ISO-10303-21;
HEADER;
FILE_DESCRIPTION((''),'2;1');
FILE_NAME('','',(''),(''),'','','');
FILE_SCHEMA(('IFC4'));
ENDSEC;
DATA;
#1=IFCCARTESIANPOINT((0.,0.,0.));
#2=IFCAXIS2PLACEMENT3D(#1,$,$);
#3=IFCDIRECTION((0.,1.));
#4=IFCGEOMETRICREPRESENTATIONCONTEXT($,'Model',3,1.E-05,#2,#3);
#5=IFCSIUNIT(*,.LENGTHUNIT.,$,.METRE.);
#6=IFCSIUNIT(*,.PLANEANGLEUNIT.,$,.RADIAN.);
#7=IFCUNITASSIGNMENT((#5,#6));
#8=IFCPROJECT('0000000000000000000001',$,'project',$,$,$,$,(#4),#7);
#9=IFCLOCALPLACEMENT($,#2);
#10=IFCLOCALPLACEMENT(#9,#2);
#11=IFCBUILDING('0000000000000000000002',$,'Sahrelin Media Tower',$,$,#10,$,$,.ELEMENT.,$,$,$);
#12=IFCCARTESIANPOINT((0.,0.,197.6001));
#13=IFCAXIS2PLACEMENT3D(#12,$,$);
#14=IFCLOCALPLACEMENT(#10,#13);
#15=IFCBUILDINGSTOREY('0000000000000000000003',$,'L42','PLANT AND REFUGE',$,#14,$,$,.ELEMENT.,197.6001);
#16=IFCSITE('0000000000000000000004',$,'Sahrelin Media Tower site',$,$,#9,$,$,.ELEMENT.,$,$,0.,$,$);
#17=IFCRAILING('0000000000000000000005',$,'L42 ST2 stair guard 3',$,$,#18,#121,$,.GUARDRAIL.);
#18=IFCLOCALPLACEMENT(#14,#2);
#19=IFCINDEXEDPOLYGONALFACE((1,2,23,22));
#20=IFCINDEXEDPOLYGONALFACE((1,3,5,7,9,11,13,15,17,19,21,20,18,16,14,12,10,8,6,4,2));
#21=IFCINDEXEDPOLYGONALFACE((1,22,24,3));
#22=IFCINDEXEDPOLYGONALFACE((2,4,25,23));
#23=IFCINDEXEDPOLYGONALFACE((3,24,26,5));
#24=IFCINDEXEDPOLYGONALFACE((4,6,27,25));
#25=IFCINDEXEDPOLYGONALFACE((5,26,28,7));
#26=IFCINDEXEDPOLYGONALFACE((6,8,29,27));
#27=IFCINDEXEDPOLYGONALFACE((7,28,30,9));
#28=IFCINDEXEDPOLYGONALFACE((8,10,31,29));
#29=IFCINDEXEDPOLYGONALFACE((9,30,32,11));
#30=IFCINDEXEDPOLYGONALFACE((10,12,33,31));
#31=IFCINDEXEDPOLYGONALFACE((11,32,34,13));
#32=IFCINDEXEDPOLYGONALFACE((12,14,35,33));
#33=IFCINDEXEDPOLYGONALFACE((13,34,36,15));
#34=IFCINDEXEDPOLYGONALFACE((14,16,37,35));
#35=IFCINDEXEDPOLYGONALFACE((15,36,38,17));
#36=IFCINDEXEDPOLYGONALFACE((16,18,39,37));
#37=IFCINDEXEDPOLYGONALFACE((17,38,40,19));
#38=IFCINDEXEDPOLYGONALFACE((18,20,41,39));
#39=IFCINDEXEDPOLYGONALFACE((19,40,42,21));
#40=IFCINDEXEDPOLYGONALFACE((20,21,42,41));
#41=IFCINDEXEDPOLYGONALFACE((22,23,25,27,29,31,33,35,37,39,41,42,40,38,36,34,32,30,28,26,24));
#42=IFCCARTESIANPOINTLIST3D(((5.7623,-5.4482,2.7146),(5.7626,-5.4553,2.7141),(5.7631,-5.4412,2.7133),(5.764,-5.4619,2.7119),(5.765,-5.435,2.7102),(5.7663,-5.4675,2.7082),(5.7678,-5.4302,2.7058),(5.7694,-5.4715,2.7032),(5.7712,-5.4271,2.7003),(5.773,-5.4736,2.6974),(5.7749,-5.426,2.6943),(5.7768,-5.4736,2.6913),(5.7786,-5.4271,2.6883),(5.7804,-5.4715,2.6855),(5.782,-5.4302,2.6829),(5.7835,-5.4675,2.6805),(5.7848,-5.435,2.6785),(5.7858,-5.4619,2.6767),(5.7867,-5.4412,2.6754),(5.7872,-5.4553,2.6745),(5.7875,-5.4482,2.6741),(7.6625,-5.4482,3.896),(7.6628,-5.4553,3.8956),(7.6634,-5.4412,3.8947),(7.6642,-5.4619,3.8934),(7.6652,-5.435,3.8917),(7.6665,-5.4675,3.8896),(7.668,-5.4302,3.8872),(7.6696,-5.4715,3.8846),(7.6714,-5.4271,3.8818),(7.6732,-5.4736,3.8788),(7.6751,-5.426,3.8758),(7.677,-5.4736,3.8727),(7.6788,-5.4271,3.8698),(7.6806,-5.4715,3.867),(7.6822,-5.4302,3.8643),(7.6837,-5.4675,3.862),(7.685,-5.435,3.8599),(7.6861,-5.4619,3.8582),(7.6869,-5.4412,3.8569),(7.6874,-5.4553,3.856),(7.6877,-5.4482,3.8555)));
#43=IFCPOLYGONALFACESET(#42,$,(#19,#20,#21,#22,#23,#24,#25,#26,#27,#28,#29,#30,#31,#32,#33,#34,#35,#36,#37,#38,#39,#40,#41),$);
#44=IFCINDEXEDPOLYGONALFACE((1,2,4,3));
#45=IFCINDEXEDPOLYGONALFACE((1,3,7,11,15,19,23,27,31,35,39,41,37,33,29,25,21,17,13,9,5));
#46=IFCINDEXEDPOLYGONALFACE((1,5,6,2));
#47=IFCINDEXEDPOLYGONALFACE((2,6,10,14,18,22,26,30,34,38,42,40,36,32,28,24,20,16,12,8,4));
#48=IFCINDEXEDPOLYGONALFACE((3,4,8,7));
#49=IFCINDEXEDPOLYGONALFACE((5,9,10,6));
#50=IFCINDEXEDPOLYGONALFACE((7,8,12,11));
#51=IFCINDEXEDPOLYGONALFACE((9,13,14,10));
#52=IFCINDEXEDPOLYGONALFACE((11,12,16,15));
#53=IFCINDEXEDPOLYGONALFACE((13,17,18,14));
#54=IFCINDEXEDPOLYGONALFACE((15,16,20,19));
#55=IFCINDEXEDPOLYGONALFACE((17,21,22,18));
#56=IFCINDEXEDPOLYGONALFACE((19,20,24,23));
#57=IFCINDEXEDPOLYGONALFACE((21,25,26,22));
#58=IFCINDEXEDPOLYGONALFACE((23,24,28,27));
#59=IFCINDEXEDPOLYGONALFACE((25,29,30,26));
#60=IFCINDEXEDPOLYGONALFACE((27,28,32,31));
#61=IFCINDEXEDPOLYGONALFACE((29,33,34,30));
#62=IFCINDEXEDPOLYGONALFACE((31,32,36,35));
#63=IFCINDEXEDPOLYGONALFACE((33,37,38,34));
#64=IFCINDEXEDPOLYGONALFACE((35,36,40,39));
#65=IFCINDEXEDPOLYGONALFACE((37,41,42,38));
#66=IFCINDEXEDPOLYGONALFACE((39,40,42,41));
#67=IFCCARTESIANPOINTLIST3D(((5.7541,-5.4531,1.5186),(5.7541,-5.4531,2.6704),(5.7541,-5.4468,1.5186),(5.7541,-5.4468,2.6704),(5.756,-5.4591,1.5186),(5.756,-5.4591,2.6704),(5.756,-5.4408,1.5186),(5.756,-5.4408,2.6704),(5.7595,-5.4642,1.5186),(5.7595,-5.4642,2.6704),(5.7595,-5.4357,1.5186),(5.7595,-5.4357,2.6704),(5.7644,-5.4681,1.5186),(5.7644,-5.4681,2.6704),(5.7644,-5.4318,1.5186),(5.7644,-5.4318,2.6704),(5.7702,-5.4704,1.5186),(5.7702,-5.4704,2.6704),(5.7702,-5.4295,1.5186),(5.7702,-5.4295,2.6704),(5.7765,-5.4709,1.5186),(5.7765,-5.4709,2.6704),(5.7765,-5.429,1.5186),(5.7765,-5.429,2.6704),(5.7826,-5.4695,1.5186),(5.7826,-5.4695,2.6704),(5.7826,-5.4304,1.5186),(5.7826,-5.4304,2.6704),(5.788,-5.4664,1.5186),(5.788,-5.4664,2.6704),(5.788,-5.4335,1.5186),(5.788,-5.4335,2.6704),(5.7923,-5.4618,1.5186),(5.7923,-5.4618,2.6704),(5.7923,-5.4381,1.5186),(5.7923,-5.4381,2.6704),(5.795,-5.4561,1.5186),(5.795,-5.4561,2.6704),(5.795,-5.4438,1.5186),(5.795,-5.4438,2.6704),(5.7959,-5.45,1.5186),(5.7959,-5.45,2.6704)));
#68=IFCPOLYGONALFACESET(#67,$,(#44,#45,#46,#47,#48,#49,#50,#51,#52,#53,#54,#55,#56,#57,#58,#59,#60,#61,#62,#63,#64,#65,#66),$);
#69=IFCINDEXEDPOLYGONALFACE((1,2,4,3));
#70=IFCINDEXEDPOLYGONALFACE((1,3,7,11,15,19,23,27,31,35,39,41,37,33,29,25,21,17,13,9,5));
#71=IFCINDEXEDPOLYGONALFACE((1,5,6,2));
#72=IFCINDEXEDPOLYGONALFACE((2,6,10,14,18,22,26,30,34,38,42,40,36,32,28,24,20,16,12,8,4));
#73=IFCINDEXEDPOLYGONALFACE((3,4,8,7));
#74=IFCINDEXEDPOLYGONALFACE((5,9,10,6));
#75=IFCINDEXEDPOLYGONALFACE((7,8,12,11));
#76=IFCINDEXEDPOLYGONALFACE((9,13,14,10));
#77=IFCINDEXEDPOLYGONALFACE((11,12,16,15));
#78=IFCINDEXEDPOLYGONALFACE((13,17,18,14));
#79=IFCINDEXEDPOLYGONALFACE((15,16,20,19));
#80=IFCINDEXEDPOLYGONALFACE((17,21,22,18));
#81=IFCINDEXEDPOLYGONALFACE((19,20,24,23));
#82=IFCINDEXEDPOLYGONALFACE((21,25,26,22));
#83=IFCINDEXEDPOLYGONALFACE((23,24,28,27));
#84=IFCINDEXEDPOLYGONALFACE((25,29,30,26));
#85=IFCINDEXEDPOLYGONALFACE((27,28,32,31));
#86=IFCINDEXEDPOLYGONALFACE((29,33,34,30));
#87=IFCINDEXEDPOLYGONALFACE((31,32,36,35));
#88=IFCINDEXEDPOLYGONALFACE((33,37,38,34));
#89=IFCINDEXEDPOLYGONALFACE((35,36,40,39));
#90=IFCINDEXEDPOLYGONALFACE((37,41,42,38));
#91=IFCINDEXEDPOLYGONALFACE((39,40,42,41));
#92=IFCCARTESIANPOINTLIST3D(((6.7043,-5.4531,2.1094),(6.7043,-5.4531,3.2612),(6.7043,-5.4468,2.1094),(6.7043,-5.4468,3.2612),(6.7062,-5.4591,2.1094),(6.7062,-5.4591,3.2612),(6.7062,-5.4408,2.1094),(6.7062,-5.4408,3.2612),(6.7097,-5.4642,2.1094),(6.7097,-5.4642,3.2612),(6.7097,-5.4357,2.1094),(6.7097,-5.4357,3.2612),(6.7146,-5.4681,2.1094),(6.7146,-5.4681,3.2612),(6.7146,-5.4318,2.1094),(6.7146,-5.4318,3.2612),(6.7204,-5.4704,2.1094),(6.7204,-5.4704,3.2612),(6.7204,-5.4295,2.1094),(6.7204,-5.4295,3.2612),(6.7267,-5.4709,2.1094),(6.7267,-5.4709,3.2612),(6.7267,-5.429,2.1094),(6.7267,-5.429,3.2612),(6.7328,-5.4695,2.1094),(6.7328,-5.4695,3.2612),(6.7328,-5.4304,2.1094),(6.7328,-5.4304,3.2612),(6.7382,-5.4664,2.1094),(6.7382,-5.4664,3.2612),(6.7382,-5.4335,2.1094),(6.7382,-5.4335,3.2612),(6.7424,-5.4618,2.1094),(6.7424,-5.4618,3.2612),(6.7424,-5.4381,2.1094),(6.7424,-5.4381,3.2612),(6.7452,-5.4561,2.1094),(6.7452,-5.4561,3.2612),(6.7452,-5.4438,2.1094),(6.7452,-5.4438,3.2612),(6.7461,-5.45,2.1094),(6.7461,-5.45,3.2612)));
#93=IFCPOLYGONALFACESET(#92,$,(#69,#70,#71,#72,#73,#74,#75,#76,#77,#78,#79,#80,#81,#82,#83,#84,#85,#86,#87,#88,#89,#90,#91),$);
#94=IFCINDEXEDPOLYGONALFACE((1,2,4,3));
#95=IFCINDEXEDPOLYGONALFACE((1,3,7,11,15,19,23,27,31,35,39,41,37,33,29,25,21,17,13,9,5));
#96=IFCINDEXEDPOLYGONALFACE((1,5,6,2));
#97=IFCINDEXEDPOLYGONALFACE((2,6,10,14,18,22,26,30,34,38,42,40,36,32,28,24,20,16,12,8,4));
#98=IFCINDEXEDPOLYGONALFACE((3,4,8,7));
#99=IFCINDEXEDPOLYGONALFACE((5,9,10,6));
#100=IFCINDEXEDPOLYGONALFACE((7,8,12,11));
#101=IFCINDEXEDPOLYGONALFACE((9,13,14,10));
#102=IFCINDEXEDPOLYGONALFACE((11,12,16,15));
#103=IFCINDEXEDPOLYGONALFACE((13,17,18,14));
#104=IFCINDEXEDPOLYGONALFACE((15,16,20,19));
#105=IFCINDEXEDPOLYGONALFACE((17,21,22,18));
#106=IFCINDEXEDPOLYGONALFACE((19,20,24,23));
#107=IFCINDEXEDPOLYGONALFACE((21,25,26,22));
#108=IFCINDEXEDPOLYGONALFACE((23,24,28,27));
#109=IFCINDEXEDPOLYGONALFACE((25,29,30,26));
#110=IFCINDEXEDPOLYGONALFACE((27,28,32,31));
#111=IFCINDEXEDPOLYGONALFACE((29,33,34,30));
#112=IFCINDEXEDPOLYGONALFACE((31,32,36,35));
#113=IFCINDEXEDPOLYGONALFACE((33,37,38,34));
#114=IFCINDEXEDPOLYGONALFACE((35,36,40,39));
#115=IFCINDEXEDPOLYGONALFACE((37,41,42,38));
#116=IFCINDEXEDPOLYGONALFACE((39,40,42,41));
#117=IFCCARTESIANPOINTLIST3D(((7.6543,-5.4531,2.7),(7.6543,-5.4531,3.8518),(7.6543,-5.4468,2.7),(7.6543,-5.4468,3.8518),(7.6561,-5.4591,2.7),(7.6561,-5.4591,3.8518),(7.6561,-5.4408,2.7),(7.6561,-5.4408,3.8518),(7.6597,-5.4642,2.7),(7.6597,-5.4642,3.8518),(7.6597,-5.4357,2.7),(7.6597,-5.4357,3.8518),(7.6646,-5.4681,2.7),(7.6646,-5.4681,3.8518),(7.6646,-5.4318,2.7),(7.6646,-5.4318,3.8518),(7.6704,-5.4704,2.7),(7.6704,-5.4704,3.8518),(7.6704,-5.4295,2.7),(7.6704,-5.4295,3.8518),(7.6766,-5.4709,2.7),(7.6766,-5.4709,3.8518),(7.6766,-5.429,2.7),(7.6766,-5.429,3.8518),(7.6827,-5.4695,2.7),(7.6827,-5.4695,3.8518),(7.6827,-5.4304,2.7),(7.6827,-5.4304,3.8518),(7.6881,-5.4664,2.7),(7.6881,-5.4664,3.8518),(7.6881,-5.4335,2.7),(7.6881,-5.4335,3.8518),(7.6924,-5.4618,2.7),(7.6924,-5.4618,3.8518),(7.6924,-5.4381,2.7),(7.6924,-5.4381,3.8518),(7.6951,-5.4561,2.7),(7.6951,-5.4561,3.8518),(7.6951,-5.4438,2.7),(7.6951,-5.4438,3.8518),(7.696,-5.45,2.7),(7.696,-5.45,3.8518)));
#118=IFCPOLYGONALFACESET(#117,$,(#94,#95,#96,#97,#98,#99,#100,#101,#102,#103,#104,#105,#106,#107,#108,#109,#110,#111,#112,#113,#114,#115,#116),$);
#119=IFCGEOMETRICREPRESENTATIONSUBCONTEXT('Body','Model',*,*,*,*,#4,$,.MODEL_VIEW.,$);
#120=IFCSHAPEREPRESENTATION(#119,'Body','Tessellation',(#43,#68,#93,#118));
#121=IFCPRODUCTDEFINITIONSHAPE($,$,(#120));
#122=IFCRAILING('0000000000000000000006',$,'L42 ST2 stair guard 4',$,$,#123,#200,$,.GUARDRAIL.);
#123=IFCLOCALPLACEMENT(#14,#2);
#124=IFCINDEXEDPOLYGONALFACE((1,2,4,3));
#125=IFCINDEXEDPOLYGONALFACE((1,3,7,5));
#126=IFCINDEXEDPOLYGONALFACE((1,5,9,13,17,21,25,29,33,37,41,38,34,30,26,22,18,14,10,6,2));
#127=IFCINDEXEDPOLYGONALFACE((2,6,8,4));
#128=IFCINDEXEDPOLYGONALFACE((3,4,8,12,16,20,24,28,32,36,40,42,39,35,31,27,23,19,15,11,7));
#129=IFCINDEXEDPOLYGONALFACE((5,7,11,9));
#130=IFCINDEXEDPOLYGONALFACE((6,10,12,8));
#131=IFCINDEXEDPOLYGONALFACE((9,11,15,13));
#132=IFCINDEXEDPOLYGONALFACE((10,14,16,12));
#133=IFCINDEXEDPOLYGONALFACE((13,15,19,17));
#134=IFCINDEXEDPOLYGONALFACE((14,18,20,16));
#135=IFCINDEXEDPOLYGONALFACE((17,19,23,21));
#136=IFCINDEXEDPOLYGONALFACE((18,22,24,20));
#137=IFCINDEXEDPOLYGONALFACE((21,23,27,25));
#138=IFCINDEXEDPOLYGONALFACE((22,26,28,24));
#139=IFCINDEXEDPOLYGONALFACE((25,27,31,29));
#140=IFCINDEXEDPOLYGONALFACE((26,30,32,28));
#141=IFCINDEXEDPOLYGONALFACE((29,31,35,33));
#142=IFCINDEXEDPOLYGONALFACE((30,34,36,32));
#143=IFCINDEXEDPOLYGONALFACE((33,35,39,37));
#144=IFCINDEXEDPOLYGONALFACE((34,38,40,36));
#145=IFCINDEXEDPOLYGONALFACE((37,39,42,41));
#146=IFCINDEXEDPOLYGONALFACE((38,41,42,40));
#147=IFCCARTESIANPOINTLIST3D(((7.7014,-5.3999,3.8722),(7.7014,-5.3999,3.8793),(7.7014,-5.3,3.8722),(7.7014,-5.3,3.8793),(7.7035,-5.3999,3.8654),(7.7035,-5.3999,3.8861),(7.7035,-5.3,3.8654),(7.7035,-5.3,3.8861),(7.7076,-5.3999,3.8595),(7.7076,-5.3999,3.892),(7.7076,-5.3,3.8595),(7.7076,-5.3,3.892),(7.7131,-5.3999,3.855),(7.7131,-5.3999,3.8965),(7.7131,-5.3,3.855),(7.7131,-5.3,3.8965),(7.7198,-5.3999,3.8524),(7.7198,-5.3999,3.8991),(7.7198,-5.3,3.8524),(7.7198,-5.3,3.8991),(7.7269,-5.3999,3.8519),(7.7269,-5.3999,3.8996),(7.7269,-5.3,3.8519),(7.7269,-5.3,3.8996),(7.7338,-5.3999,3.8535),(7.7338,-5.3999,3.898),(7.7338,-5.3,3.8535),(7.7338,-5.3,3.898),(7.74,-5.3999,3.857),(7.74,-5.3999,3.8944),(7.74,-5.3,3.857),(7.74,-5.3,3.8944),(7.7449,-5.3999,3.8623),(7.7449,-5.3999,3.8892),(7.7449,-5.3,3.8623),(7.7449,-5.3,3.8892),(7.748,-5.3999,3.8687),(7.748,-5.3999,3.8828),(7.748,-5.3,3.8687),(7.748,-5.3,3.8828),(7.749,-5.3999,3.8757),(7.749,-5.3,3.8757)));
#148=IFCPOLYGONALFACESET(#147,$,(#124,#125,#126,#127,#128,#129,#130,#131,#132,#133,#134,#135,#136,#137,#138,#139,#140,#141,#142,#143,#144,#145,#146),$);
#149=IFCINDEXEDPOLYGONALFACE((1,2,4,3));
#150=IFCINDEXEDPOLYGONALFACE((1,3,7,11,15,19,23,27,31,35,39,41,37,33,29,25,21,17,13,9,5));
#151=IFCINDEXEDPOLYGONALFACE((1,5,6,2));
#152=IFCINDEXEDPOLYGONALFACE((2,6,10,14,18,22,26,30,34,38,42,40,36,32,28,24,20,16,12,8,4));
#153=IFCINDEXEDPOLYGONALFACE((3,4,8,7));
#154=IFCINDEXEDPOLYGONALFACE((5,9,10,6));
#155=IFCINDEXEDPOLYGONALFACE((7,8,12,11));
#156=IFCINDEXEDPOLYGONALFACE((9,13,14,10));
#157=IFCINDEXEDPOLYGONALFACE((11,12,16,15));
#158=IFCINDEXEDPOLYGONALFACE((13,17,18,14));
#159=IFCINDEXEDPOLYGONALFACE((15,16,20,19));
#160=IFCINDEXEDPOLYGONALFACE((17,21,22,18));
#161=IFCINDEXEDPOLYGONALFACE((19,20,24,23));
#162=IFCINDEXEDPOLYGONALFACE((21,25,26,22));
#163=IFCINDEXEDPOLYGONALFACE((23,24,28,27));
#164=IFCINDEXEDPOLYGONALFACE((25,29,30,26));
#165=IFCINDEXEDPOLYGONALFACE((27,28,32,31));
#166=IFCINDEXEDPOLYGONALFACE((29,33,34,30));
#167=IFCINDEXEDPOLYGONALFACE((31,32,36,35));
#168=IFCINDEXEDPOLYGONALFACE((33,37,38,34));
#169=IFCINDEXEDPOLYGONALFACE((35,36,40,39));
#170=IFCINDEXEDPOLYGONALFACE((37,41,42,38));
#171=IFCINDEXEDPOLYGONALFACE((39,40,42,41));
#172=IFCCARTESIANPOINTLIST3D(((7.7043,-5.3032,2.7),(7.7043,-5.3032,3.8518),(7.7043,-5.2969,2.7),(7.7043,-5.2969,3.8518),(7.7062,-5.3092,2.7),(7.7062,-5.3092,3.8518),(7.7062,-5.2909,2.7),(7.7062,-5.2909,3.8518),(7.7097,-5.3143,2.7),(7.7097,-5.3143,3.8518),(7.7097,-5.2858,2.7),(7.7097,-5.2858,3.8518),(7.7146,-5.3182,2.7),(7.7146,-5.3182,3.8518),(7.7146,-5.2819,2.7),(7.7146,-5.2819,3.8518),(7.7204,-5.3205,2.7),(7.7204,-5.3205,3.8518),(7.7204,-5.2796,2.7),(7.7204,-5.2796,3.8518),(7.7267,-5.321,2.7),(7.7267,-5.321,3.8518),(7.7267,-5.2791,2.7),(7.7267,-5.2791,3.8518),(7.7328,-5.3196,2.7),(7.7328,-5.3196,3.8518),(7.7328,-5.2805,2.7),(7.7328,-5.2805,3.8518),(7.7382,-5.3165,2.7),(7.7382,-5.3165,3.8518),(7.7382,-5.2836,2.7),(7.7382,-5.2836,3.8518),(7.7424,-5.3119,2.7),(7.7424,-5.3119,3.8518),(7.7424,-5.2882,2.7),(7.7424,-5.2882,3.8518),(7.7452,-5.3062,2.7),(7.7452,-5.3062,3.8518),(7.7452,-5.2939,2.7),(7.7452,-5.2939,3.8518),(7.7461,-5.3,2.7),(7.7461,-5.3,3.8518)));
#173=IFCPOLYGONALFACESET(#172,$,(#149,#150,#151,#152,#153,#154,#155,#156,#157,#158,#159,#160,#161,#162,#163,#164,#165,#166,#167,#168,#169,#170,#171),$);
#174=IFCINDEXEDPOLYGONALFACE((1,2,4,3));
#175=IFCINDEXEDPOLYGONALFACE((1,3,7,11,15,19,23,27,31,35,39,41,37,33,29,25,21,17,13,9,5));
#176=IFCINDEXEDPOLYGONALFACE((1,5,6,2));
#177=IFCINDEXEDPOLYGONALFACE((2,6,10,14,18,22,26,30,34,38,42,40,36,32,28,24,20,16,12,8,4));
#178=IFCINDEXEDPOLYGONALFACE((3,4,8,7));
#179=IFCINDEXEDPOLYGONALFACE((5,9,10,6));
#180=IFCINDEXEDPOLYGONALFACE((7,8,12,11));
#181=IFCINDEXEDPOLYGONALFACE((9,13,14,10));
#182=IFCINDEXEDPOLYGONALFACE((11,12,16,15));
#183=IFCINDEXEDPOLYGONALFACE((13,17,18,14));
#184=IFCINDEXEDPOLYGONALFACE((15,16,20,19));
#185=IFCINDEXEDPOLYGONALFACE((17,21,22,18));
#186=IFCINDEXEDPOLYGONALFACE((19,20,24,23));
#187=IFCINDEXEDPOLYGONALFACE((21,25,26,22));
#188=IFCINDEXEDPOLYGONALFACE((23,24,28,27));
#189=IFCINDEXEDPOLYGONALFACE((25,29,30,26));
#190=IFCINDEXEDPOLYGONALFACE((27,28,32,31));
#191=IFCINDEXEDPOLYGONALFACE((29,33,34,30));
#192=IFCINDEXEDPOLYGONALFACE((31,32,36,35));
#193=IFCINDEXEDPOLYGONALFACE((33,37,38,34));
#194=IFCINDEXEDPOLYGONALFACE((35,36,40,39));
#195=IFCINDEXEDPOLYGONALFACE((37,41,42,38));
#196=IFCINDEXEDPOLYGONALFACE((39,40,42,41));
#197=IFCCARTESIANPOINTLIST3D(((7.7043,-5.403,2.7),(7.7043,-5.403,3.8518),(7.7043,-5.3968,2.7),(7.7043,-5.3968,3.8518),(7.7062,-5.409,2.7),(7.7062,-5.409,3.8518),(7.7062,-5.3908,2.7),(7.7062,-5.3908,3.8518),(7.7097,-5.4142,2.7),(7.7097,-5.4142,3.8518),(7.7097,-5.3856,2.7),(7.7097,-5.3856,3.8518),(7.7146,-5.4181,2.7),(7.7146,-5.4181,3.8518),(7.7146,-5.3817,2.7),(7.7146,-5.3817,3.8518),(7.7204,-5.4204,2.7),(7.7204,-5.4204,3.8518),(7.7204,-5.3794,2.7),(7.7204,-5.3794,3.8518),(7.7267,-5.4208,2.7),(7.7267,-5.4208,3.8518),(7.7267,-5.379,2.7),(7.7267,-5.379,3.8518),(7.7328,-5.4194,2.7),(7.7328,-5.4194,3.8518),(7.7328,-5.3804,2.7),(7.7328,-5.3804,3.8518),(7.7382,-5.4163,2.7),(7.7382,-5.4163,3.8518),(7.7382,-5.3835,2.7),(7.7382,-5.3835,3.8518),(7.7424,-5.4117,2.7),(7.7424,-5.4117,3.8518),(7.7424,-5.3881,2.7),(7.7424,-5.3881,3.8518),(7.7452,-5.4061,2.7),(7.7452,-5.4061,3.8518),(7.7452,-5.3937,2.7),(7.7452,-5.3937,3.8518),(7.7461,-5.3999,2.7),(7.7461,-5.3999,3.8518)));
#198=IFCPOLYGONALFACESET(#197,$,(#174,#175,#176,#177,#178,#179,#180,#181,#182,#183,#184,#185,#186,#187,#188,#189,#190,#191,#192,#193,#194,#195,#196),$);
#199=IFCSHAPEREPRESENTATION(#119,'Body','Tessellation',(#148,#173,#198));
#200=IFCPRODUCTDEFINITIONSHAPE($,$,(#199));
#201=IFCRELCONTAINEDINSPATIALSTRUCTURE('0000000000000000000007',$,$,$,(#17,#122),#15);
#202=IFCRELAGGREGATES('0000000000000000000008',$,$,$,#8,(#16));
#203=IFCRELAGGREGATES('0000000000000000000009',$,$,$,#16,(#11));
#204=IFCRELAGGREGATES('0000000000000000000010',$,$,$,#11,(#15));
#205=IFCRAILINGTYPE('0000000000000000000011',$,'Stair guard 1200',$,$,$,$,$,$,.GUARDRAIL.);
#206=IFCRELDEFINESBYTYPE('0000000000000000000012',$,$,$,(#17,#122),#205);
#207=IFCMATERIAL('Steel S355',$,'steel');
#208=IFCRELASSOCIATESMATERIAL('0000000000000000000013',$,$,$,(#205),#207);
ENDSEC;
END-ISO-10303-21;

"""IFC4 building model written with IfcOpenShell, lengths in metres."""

from ifc_helpers import new_model, si_unit, direction, frame, origin, origin_2d, place, context, subcontext, project, spatial, circle, extrude, material, type_object, element, save


model = new_model("IFC4")

# Units and contexts
model_context = context("Model", 3, precision=1e-05, world=origin(), true_north=direction((0.0, 1.0)))
body_context = subcontext(model_context, "Body", "Model", "MODEL_VIEW")
ifc_project = project(units=[si_unit("LENGTHUNIT", "METRE"), si_unit("PLANEANGLEUNIT", "RADIAN")], contexts=[model_context])

# Site, building, storey
site_placement = place(None, origin())
site = spatial("IfcSite", under=ifc_project, at=site_placement, Name="Sahrelin Media Tower site", CompositionType="ELEMENT", RefElevation=0.0)
building_placement = place(site_placement, origin())
building = spatial("IfcBuilding", under=site, at=building_placement, Name="Sahrelin Media Tower", CompositionType="ELEMENT")
storey_placement = place(building_placement, frame((0.0, 0.0, 197.6001)))
storey = spatial("IfcBuildingStorey", under=building, at=storey_placement, Name="L42", Description="PLANT AND REFUGE", CompositionType="ELEMENT", Elevation=197.6001)

# Railings
ifc_material_1 = material(Name="Steel S355", Category="steel")
railing_type_1 = type_object("IfcRailingType", Name="Stair guard 1200", PredefinedType="GUARDRAIL", material=ifc_material_1)
railing_1_placement = place(storey_placement, frame((5.7749, -5.45, 1.5186)))
element("IfcRailing", 1, at=railing_1_placement, inside=storey, type_object=railing_type_1, Name="L42 ST2 stair guard 3", PredefinedType="GUARDRAIL", context=body_context, shape_type="SweptSolid", body=[
    extrude(circle(Radius=0.0239, at=origin_2d()), frame((0.0, 0.0, 1.1758), z_axis=(0.84924, 0.0, 0.528006), x_axis=(0.0, 1.0, 0.0)), (0.0, 0.0, 1.0), 2.2375),
    extrude(circle(Radius=0.021, at=origin_2d()), origin(), (0.0, 0.0, 1.0), 1.1519),
    extrude(circle(Radius=0.021, at=origin_2d()), frame((0.9502, 0.0, 0.5908)), (0.0, 0.0, 1.0), 1.1519),
    extrude(circle(Radius=0.021, at=origin_2d()), frame((1.9001, 0.0, 1.1814)), (0.0, 0.0, 1.0), 1.1519),
])
railing_2_placement = place(storey_placement, frame((7.7251, -5.3, 2.7)))
element("IfcRailing", 2, at=railing_2_placement, inside=storey, type_object=railing_type_1, Name="L42 ST2 stair guard 4", PredefinedType="GUARDRAIL", context=body_context, shape_type="SweptSolid", body=[
    extrude(circle(Radius=0.0239, at=origin_2d()), frame((0.0, 0.0, 1.1758), z_axis=(0.0, -1.0, 0.0), x_axis=(1.0, 0.0, 0.0)), (0.0, 0.0, 1.0), 0.0999),
    extrude(circle(Radius=0.021, at=origin_2d()), origin(), (0.0, 0.0, 1.0), 1.1519),
    extrude(circle(Radius=0.021, at=origin_2d()), frame((0.0, -0.0999, 0.0)), (0.0, 0.0, 1.0), 1.1519),
])

save(model, "model.ifc")
